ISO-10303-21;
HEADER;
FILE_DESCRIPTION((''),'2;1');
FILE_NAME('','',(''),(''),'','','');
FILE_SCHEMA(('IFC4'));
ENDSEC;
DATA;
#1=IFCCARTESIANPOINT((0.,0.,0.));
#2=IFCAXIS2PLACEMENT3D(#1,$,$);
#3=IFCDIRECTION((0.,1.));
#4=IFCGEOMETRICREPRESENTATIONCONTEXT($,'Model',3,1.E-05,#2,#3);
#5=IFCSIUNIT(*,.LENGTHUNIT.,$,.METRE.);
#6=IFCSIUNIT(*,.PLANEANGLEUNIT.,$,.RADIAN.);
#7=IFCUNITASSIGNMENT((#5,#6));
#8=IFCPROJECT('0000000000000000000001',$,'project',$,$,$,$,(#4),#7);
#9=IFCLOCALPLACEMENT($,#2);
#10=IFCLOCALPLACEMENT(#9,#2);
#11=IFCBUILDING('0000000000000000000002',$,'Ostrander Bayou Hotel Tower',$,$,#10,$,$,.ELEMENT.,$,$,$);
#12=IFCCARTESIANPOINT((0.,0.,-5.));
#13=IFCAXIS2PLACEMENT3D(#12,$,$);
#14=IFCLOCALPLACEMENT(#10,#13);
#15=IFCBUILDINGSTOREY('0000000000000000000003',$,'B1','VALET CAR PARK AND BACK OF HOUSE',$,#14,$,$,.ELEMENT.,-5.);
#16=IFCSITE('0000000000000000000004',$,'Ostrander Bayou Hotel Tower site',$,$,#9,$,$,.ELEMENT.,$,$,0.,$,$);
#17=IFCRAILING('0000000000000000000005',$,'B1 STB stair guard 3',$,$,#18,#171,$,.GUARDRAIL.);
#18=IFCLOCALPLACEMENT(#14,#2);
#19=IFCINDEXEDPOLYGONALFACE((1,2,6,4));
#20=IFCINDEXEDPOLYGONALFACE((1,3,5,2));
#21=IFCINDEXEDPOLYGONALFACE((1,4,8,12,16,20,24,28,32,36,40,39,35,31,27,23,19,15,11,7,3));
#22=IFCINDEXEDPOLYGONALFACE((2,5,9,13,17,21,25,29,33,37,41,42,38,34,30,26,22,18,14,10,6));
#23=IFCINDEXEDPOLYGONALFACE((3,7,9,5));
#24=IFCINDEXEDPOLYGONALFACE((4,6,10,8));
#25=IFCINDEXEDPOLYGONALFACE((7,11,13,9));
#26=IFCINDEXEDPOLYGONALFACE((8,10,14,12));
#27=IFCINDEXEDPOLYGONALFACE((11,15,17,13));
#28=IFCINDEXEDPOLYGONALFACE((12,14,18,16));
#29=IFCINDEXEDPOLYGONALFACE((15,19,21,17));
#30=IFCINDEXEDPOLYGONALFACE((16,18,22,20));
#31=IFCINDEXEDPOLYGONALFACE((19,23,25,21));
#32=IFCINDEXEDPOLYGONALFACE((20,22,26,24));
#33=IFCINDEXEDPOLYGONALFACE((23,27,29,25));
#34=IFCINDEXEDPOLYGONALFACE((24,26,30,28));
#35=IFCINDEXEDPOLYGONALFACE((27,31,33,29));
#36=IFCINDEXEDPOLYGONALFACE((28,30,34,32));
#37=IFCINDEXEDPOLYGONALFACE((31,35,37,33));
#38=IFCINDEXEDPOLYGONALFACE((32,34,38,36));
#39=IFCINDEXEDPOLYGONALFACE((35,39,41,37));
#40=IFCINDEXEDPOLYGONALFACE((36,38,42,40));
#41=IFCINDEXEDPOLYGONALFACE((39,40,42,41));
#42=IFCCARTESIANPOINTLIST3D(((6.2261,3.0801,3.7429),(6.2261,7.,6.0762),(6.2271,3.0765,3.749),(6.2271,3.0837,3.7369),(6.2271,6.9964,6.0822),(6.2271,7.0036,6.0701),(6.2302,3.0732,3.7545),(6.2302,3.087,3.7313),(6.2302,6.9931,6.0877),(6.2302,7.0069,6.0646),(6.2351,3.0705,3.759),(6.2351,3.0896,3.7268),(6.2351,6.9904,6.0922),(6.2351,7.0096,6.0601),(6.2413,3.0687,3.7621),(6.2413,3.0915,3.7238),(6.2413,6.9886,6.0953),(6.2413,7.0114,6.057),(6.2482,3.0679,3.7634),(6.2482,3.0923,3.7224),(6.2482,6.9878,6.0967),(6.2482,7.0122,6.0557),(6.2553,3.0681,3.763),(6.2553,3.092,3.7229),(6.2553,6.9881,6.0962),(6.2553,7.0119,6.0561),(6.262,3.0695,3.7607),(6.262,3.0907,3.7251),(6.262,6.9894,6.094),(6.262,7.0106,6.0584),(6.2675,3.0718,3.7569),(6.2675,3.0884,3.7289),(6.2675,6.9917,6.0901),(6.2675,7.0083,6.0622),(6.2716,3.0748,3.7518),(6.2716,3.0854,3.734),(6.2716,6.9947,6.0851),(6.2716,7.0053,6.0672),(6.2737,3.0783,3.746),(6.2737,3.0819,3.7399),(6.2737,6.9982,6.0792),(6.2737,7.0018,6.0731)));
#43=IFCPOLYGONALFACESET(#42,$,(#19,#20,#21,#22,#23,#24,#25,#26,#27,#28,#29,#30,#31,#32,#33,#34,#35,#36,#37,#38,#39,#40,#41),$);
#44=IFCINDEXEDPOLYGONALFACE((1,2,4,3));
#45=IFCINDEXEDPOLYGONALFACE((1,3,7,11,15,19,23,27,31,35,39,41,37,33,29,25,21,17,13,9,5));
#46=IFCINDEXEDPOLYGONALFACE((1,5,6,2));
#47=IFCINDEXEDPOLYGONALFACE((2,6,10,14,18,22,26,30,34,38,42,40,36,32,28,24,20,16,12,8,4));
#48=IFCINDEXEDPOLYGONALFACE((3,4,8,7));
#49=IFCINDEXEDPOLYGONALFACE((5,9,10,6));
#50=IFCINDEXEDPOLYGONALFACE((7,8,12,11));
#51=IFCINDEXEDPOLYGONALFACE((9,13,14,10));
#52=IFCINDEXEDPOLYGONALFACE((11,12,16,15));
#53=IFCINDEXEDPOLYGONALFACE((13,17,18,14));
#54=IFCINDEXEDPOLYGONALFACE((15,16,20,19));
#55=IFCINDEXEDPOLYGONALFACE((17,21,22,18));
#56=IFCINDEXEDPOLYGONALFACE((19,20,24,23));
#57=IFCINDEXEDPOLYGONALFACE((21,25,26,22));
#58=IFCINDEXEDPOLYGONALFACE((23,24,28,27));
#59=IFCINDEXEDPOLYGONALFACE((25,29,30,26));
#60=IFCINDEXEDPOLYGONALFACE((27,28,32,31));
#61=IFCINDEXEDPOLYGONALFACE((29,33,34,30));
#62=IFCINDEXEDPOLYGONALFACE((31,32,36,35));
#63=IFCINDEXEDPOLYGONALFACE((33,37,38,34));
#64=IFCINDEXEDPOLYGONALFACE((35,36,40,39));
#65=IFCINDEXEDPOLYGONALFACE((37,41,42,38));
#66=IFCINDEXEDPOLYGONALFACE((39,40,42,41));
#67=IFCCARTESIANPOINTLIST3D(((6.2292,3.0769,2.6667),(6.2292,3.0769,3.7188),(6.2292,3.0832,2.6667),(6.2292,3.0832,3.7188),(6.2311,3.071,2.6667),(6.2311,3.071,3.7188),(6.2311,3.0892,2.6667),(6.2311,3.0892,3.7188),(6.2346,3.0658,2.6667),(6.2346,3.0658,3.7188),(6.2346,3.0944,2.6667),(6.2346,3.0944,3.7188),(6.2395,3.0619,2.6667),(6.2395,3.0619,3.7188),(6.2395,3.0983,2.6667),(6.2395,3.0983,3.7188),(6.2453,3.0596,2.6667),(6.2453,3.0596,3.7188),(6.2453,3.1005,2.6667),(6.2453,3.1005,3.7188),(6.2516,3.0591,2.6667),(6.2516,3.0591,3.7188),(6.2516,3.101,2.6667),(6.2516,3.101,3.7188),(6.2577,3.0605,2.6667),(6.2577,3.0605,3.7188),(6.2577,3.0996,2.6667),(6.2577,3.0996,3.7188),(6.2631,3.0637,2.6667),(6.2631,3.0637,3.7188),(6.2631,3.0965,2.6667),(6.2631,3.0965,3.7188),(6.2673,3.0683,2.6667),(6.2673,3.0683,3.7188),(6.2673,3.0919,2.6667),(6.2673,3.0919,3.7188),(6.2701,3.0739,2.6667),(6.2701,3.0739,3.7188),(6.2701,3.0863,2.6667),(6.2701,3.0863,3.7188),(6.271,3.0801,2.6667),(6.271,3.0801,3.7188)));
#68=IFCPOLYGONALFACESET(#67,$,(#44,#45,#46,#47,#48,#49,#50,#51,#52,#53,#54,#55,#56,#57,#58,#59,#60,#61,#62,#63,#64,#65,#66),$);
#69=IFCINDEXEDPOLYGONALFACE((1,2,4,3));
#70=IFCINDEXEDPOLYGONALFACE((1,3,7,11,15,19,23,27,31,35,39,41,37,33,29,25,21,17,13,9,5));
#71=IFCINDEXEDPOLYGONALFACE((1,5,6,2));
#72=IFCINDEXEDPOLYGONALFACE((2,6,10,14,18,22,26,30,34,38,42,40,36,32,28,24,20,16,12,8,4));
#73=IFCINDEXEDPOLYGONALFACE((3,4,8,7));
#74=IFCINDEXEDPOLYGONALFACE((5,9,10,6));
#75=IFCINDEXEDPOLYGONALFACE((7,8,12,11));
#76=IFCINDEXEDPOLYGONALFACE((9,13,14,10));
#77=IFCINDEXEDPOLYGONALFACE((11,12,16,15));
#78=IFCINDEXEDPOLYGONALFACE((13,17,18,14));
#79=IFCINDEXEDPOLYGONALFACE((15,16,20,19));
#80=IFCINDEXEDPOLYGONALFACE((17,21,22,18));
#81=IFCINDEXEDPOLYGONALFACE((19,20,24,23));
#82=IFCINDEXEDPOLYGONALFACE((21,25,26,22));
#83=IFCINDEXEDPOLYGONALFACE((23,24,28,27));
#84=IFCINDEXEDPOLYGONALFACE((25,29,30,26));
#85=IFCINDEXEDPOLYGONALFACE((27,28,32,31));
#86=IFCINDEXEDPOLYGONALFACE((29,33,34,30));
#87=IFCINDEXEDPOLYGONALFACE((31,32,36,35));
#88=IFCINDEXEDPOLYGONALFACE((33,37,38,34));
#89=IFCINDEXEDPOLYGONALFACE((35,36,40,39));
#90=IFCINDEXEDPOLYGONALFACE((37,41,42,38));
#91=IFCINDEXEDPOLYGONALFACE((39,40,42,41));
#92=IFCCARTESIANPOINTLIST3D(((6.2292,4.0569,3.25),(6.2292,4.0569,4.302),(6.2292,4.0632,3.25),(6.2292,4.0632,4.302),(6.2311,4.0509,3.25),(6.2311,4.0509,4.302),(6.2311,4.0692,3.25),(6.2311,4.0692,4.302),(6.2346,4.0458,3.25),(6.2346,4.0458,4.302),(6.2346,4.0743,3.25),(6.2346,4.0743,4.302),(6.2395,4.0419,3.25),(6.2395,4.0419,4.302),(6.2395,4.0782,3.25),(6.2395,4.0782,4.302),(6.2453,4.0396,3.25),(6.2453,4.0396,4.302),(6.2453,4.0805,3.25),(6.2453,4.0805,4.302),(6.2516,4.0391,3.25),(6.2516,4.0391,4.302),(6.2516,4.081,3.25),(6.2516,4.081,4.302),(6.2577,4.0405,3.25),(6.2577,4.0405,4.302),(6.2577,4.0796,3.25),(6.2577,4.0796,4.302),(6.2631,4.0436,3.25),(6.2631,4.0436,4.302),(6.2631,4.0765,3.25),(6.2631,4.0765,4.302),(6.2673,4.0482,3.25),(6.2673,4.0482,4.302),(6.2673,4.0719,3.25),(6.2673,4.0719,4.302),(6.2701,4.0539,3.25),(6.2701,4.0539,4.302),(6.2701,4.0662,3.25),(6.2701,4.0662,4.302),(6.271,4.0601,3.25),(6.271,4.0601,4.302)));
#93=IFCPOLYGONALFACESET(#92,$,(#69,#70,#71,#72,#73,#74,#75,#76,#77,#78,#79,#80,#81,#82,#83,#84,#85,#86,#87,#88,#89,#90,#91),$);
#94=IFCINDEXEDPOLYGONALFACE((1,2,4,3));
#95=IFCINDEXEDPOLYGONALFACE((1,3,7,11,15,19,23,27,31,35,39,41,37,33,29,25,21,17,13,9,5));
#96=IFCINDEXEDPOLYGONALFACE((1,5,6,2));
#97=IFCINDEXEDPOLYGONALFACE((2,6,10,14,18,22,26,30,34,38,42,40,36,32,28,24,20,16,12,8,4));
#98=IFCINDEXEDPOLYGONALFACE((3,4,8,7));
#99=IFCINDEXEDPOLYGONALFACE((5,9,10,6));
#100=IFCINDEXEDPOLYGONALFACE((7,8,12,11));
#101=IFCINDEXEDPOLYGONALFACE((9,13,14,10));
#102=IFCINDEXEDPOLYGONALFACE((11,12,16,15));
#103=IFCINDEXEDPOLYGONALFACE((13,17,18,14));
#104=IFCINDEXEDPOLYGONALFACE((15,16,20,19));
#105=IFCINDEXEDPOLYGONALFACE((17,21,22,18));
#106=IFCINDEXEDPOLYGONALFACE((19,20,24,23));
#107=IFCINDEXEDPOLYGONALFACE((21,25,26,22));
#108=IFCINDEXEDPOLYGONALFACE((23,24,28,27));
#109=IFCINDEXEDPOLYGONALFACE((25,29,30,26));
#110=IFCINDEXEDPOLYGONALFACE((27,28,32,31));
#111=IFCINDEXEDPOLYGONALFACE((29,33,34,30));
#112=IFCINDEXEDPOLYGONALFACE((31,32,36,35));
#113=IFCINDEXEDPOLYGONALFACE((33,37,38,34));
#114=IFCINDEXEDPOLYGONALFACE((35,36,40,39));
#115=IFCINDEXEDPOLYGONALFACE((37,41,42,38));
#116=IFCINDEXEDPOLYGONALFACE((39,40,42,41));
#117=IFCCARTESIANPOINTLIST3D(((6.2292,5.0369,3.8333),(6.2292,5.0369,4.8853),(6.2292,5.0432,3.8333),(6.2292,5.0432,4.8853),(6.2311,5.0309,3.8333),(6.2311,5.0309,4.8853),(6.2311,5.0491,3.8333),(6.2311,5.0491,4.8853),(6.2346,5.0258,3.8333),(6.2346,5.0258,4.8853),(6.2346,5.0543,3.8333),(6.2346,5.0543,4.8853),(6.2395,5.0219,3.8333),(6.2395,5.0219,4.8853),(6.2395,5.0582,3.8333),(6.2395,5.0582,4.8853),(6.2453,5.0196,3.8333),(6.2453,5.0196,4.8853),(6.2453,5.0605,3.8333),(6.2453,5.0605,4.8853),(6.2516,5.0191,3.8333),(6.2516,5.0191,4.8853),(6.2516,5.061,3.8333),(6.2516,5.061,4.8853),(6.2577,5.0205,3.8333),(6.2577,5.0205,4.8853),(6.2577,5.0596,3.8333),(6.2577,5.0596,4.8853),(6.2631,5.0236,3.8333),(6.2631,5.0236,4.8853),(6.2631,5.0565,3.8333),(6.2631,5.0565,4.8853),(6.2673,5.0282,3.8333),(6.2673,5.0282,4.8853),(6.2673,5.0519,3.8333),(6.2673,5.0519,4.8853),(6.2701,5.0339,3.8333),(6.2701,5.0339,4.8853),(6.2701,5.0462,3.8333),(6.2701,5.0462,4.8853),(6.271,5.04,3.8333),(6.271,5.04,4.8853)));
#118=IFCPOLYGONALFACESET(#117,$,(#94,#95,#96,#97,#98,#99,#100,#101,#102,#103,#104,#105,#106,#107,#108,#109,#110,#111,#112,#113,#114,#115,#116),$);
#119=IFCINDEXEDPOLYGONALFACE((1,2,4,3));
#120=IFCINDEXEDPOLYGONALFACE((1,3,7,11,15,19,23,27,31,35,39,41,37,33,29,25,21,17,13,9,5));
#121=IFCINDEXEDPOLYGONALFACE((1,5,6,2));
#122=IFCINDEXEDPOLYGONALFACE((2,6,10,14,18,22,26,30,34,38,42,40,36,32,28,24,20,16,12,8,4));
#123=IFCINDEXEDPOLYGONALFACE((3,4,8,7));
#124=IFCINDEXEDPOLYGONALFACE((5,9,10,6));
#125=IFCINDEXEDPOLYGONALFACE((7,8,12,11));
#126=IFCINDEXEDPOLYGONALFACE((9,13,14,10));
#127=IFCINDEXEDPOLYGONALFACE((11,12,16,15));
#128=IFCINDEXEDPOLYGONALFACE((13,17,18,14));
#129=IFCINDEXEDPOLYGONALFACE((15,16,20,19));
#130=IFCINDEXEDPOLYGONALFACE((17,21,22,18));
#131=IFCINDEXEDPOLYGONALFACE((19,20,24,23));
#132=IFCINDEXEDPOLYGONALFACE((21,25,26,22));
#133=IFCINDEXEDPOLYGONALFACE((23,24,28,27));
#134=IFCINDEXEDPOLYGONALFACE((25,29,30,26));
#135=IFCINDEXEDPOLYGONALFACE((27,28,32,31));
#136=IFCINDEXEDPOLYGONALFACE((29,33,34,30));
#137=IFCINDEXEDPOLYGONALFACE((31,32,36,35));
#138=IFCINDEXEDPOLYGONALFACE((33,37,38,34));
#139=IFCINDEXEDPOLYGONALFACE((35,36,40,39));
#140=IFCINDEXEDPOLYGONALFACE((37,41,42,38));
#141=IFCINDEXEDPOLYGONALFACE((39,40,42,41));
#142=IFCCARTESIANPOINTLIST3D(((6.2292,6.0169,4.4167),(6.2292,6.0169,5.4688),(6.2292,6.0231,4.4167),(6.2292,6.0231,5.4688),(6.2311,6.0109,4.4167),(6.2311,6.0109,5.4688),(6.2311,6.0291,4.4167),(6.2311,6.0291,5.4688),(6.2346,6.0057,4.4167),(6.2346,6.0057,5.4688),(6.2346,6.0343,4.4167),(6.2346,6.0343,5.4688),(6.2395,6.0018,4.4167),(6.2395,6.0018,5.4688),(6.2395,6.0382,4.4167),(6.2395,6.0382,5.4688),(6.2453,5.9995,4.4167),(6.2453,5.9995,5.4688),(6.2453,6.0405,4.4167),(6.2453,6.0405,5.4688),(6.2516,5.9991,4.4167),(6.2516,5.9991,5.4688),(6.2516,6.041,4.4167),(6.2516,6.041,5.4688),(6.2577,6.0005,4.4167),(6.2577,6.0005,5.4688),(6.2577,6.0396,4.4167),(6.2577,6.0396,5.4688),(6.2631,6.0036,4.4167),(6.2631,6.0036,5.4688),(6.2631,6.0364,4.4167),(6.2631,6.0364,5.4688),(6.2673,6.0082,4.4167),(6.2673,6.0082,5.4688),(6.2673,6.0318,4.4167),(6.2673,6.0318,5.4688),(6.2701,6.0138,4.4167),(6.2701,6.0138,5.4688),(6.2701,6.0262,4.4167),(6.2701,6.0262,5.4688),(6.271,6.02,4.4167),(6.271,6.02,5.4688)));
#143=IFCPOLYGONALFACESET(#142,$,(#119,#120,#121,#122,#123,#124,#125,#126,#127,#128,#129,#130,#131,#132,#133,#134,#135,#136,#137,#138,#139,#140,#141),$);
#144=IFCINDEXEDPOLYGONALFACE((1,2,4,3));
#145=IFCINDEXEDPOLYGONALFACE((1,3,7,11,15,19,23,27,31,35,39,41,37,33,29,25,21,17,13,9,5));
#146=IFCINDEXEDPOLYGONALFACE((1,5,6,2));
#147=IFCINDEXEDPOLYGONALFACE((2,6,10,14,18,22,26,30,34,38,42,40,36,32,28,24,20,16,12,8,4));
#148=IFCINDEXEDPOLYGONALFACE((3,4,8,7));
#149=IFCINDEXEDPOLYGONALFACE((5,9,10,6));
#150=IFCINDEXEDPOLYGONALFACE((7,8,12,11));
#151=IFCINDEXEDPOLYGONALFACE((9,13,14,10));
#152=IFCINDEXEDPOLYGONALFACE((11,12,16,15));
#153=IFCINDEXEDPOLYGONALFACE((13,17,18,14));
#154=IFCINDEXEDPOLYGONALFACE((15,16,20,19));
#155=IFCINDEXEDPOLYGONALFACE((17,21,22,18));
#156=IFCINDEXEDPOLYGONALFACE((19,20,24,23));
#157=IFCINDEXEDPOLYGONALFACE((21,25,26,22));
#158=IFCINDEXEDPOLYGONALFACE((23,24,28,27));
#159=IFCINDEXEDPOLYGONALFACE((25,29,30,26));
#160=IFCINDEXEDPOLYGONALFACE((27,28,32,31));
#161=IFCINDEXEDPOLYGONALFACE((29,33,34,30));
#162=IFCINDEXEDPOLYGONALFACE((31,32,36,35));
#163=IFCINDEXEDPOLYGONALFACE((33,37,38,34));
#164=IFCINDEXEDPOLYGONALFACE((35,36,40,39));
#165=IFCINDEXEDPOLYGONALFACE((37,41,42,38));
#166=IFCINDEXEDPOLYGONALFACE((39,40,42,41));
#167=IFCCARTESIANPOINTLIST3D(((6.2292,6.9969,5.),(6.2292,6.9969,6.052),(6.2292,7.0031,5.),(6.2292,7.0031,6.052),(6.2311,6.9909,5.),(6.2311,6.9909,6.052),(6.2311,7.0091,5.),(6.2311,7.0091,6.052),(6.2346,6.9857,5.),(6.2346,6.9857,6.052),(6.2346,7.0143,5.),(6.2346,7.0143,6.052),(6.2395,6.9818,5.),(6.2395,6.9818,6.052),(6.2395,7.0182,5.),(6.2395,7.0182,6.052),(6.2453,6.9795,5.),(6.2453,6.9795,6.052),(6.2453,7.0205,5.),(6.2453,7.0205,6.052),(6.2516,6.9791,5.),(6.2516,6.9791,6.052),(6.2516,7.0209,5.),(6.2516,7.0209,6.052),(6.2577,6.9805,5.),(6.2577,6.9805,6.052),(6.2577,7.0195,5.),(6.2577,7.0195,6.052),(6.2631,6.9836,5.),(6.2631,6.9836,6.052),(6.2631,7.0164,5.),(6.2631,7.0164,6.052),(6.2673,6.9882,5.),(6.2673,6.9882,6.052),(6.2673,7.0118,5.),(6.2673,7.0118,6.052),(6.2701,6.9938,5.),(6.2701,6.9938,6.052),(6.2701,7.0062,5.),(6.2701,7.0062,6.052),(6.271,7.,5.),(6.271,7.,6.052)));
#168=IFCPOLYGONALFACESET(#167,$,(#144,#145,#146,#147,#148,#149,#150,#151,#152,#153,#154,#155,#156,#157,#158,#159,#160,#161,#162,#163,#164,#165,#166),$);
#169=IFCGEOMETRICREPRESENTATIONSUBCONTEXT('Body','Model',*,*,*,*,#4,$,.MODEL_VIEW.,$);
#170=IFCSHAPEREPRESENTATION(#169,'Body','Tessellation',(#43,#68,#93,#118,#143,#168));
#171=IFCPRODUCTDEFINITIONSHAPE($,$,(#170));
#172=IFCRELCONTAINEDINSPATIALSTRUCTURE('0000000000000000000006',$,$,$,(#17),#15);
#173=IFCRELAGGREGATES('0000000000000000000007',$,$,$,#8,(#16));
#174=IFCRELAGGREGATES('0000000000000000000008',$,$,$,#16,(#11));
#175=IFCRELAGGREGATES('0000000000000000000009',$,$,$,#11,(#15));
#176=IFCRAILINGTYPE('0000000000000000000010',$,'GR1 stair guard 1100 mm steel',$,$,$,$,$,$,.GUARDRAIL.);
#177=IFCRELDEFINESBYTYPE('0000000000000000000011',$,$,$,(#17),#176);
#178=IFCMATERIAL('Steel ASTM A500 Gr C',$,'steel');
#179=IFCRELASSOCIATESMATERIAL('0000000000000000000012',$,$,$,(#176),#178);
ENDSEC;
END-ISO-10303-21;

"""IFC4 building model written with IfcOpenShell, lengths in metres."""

from ifc_helpers import new_model, si_unit, direction, frame, origin, origin_2d, place, context, subcontext, project, spatial, circle, extrude, material, type_object, element, save


model = new_model("IFC4")

# Units and contexts
model_context = context("Model", 3, precision=1e-05, world=origin(), true_north=direction((0.0, 1.0)))
body_context = subcontext(model_context, "Body", "Model", "MODEL_VIEW")
ifc_project = project(units=[si_unit("LENGTHUNIT", "METRE"), si_unit("PLANEANGLEUNIT", "RADIAN")], contexts=[model_context])

# Site, building, storey
site_placement = place(None, origin())
site = spatial("IfcSite", under=ifc_project, at=site_placement, Name="Ostrander Bayou Hotel Tower site", CompositionType="ELEMENT", RefElevation=0.0)
building_placement = place(site_placement, origin())
building = spatial("IfcBuilding", under=site, at=building_placement, Name="Ostrander Bayou Hotel Tower", CompositionType="ELEMENT")
storey_placement = place(building_placement, frame((0.0, 0.0, -5.0)))
storey = spatial("IfcBuildingStorey", under=building, at=storey_placement, Name="B1", Description="VALET CAR PARK AND BACK OF HOUSE", CompositionType="ELEMENT", Elevation=-5.0)

# Railing
ifc_material_1 = material(Name="Steel ASTM A500 Gr C", Category="steel")
railing_type = type_object("IfcRailingType", Name="GR1 stair guard 1100 mm steel", PredefinedType="GUARDRAIL", material=ifc_material_1)
railing_1_placement = place(storey_placement, frame((6.25, 3.0801, 2.6667)))
element("IfcRailing", 1, at=railing_1_placement, inside=storey, type_object=railing_type, Name="B1 STB stair guard 3", PredefinedType="GUARDRAIL", context=body_context, shape_type="SweptSolid", body=[
    extrude(circle(Radius=0.0239, at=origin_2d()), frame((0.0, 0.0, 1.0762), z_axis=(0.0, 0.859296, 0.511478), x_axis=(-1.0, 0.0, 0.0)), (0.0, 0.0, 1.0), 4.5618),
    extrude(circle(Radius=0.021, at=origin_2d()), origin(), (0.0, 0.0, 1.0), 1.052),
    extrude(circle(Radius=0.021, at=origin_2d()), frame((0.0, 0.98, 0.5833)), (0.0, 0.0, 1.0), 1.052),
    extrude(circle(Radius=0.021, at=origin_2d()), frame((0.0, 1.96, 1.1665)), (0.0, 0.0, 1.0), 1.052),
    extrude(circle(Radius=0.021, at=origin_2d()), frame((0.0, 2.9399, 1.75)), (0.0, 0.0, 1.0), 1.052),
    extrude(circle(Radius=0.021, at=origin_2d()), frame((0.0, 3.9199, 2.3333)), (0.0, 0.0, 1.0), 1.052),
])

save(model, "model.ifc")
